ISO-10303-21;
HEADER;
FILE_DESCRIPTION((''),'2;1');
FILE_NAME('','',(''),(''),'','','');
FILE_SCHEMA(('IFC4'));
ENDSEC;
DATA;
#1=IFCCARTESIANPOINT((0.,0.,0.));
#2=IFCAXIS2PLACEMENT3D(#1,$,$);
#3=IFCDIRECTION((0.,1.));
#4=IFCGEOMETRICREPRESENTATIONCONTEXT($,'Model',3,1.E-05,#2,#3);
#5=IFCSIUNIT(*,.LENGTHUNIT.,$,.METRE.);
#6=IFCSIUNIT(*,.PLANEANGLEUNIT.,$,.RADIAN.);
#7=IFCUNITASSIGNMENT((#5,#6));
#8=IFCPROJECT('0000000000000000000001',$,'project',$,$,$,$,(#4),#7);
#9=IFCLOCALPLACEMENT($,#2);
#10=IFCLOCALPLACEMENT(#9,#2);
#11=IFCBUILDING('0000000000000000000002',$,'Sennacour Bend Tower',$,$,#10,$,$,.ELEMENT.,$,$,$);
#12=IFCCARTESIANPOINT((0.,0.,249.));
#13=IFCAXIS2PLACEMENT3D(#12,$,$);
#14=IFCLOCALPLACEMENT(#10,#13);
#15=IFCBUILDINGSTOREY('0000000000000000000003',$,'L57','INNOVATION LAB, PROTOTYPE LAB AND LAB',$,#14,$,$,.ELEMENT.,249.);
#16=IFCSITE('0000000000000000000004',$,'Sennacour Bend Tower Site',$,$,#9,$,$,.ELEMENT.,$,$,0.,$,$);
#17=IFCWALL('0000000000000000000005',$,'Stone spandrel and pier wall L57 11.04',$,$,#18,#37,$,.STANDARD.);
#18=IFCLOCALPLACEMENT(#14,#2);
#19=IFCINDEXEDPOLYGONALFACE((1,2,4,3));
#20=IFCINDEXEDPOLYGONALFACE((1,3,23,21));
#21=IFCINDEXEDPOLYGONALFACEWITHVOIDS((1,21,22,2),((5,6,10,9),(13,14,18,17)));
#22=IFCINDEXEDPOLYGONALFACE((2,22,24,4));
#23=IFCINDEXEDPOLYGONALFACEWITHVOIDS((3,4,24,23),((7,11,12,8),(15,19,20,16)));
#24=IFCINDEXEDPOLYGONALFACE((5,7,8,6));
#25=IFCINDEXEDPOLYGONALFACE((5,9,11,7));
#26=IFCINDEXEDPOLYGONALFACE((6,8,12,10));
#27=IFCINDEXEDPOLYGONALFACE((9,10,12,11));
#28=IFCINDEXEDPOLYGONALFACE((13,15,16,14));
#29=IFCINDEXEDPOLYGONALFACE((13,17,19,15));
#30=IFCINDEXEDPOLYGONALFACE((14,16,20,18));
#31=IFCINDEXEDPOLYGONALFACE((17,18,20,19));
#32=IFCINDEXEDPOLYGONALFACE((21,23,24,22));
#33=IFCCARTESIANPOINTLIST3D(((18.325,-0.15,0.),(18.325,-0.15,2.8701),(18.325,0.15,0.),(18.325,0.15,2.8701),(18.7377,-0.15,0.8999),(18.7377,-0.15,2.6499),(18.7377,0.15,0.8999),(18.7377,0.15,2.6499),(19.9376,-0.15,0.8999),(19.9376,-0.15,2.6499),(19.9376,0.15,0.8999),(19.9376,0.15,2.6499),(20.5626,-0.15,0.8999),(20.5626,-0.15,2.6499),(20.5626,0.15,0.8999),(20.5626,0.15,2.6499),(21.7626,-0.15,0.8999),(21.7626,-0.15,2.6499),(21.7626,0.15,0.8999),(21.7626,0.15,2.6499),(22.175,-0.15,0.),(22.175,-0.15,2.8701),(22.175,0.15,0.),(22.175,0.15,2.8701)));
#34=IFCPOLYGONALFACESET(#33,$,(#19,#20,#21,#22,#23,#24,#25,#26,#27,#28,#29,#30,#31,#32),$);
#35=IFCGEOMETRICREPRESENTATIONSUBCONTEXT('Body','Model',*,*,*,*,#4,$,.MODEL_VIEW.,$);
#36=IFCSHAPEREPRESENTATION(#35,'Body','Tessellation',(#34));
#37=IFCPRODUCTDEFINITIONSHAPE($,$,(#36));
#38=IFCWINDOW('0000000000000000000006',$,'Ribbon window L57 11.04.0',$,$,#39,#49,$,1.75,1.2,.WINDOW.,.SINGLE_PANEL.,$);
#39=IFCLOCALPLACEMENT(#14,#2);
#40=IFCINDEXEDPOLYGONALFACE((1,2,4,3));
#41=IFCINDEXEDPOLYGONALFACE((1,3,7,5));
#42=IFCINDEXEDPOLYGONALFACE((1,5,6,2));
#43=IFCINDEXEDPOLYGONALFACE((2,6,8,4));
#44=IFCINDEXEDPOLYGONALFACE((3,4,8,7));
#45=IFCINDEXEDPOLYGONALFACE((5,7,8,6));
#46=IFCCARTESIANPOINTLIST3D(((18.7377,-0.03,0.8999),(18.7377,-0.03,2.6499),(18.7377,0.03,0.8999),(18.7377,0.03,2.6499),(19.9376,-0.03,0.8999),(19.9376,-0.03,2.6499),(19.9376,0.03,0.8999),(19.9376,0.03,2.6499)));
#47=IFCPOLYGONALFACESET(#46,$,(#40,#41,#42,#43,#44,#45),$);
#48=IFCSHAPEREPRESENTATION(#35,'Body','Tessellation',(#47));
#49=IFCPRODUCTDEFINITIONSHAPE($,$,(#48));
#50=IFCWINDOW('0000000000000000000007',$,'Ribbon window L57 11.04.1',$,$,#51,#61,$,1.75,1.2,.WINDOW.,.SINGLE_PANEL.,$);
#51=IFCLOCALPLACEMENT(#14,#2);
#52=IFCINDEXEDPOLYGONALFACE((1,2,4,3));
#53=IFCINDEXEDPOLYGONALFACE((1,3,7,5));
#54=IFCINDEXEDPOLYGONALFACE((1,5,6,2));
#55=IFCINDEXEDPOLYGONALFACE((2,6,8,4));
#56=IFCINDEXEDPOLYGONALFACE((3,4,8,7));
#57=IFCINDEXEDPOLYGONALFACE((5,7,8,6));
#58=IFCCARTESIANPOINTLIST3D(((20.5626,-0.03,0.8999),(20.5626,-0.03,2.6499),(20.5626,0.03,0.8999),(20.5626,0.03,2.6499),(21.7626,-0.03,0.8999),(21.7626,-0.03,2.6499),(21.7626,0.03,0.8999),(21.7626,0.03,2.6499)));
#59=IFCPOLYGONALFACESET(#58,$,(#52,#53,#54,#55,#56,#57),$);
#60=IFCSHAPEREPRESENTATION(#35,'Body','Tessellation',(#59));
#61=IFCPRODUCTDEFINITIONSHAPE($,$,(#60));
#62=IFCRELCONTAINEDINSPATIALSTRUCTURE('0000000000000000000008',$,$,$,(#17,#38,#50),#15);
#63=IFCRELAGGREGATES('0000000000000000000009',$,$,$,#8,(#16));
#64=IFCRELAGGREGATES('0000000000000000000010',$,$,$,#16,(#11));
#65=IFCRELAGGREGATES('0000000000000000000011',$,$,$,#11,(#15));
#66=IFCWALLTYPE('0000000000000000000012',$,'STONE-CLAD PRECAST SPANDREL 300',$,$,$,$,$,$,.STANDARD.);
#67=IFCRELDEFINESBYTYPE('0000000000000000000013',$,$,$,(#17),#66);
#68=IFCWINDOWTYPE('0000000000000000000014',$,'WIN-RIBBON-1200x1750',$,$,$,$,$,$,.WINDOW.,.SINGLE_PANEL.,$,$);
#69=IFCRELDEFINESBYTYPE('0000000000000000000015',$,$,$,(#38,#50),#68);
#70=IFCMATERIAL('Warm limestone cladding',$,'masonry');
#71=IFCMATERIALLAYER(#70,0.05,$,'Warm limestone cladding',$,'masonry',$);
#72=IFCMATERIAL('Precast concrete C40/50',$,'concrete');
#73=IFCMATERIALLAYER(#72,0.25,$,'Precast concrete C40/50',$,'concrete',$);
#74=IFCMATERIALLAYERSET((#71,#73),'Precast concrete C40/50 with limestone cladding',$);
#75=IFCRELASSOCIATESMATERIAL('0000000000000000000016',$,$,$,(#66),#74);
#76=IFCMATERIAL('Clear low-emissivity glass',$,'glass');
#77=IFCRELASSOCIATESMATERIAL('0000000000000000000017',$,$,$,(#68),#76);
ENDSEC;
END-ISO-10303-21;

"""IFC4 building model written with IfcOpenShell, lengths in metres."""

from ifc_helpers import new_model, si_unit, direction, frame, frame_2d, origin, place, context, subcontext, project, spatial, rectangle, extrude, material, layer, layer_set, type_object, element, fill, save


model = new_model("IFC4")

# Units and contexts
model_context = context("Model", 3, precision=1e-05, world=origin(), true_north=direction((0.0, 1.0)))
body_context = subcontext(model_context, "Body", "Model", "MODEL_VIEW")
ifc_project = project(units=[si_unit("LENGTHUNIT", "METRE"), si_unit("PLANEANGLEUNIT", "RADIAN")], contexts=[model_context])

# Site, building, storey
site_placement = place(None, origin())
site = spatial("IfcSite", under=ifc_project, at=site_placement, Name="Sennacour Bend Tower Site", CompositionType="ELEMENT", RefElevation=0.0)
building_placement = place(site_placement, origin())
building = spatial("IfcBuilding", under=site, at=building_placement, Name="Sennacour Bend Tower", CompositionType="ELEMENT")
storey_placement = place(building_placement, frame((0.0, 0.0, 249.0)))
storey = spatial("IfcBuildingStorey", under=building, at=storey_placement, Name="L57", Description="INNOVATION LAB, PROTOTYPE LAB AND LAB", CompositionType="ELEMENT", Elevation=249.0)

# Wall, openings, windows
ifc_material_1 = material(Name="Warm limestone cladding", Category="masonry")
ifc_layer_1 = layer(ifc_material_1, 0.05, Name="Warm limestone cladding", Category="masonry")
ifc_material_2 = material(Name="Precast concrete C40/50", Category="concrete")
ifc_layer_2 = layer(ifc_material_2, 0.25, Name="Precast concrete C40/50", Category="concrete")
ifc_layer_set_1 = layer_set([ifc_layer_1, ifc_layer_2], Name="Precast concrete C40/50 with limestone cladding")
wall_type_1 = type_object("IfcWallType", Name="STONE-CLAD PRECAST SPANDREL 300", PredefinedType="STANDARD", material=ifc_layer_set_1)
ifc_material_3 = material(Name="Clear low-emissivity glass", Category="glass")
window_type = type_object("IfcWindowType", Name="WIN-RIBBON-1200x1750", PartitioningType="SINGLE_PANEL", PredefinedType="WINDOW", material=ifc_material_3)
wall_1_placement = place(storey_placement, frame((18.325, 0.0, 0.0), z_axis=(0.0, 0.0, 1.0), x_axis=(1.0, 0.0, 0.0)))
wall_1 = element("IfcWall", 1, at=wall_1_placement, inside=storey, type_object=wall_type_1, Name="Stone spandrel and pier wall L57 11.04", PredefinedType="STANDARD", context=body_context, shape_type="SweptSolid", body=[
    extrude(rectangle(XDim=3.8501, YDim=0.3, at=frame_2d((1.925, 0.0))), origin(), (0.0, 0.0, 1.0), 2.8701),
])
opening_1_placement = place(wall_1_placement, frame((0.4126, 0.0, 0.8999)))
opening_1 = element("IfcOpeningElement", 2, at=opening_1_placement, cuts=wall_1, PredefinedType="OPENING", context=body_context, shape_type="SweptSolid", body=[
    extrude(rectangle(XDim=1.2, YDim=1.75, at=frame_2d((0.6001, 0.875))), frame((0.0, 0.1602, 0.0), z_axis=(0.0, -1.0, 0.0), x_axis=(1.0, 0.0, 0.0)), (0.0, 0.0, 1.0), 0.3201),
])
opening_2_placement = place(wall_1_placement, frame((2.2375, 0.0, 0.8999)))
opening_2 = element("IfcOpeningElement", 3, at=opening_2_placement, cuts=wall_1, PredefinedType="OPENING", context=body_context, shape_type="SweptSolid", body=[
    extrude(rectangle(XDim=1.2, YDim=1.75, at=frame_2d((0.6001, 0.875))), frame((0.0, 0.1602, 0.0), z_axis=(0.0, -1.0, 0.0), x_axis=(1.0, 0.0, 0.0)), (0.0, 0.0, 1.0), 0.3201),
])
window_1_placement = place(opening_1_placement, origin())
window_1 = element("IfcWindow", 4, at=window_1_placement, inside=storey, type_object=window_type, Name="Ribbon window L57 11.04.0", OverallHeight=1.75, OverallWidth=1.2, PartitioningType="SINGLE_PANEL", PredefinedType="WINDOW", context=body_context, shape_type="SweptSolid", body=[
    extrude(rectangle(XDim=1.2, YDim=1.75, at=frame_2d((0.6001, 0.875))), frame((0.0, 0.03, 0.0), z_axis=(0.0, -1.0, 0.0), x_axis=(1.0, 0.0, 0.0)), (0.0, 0.0, 1.0), 0.0601),
])
fill(opening_1, window_1)
window_2_placement = place(opening_2_placement, origin())
window_2 = element("IfcWindow", 5, at=window_2_placement, inside=storey, type_object=window_type, Name="Ribbon window L57 11.04.1", OverallHeight=1.75, OverallWidth=1.2, PartitioningType="SINGLE_PANEL", PredefinedType="WINDOW", context=body_context, shape_type="SweptSolid", body=[
    extrude(rectangle(XDim=1.2, YDim=1.75, at=frame_2d((0.6001, 0.875))), frame((0.0, 0.03, 0.0), z_axis=(0.0, -1.0, 0.0), x_axis=(1.0, 0.0, 0.0)), (0.0, 0.0, 1.0), 0.0601),
])
fill(opening_2, window_2)

save(model, "model.ifc")
